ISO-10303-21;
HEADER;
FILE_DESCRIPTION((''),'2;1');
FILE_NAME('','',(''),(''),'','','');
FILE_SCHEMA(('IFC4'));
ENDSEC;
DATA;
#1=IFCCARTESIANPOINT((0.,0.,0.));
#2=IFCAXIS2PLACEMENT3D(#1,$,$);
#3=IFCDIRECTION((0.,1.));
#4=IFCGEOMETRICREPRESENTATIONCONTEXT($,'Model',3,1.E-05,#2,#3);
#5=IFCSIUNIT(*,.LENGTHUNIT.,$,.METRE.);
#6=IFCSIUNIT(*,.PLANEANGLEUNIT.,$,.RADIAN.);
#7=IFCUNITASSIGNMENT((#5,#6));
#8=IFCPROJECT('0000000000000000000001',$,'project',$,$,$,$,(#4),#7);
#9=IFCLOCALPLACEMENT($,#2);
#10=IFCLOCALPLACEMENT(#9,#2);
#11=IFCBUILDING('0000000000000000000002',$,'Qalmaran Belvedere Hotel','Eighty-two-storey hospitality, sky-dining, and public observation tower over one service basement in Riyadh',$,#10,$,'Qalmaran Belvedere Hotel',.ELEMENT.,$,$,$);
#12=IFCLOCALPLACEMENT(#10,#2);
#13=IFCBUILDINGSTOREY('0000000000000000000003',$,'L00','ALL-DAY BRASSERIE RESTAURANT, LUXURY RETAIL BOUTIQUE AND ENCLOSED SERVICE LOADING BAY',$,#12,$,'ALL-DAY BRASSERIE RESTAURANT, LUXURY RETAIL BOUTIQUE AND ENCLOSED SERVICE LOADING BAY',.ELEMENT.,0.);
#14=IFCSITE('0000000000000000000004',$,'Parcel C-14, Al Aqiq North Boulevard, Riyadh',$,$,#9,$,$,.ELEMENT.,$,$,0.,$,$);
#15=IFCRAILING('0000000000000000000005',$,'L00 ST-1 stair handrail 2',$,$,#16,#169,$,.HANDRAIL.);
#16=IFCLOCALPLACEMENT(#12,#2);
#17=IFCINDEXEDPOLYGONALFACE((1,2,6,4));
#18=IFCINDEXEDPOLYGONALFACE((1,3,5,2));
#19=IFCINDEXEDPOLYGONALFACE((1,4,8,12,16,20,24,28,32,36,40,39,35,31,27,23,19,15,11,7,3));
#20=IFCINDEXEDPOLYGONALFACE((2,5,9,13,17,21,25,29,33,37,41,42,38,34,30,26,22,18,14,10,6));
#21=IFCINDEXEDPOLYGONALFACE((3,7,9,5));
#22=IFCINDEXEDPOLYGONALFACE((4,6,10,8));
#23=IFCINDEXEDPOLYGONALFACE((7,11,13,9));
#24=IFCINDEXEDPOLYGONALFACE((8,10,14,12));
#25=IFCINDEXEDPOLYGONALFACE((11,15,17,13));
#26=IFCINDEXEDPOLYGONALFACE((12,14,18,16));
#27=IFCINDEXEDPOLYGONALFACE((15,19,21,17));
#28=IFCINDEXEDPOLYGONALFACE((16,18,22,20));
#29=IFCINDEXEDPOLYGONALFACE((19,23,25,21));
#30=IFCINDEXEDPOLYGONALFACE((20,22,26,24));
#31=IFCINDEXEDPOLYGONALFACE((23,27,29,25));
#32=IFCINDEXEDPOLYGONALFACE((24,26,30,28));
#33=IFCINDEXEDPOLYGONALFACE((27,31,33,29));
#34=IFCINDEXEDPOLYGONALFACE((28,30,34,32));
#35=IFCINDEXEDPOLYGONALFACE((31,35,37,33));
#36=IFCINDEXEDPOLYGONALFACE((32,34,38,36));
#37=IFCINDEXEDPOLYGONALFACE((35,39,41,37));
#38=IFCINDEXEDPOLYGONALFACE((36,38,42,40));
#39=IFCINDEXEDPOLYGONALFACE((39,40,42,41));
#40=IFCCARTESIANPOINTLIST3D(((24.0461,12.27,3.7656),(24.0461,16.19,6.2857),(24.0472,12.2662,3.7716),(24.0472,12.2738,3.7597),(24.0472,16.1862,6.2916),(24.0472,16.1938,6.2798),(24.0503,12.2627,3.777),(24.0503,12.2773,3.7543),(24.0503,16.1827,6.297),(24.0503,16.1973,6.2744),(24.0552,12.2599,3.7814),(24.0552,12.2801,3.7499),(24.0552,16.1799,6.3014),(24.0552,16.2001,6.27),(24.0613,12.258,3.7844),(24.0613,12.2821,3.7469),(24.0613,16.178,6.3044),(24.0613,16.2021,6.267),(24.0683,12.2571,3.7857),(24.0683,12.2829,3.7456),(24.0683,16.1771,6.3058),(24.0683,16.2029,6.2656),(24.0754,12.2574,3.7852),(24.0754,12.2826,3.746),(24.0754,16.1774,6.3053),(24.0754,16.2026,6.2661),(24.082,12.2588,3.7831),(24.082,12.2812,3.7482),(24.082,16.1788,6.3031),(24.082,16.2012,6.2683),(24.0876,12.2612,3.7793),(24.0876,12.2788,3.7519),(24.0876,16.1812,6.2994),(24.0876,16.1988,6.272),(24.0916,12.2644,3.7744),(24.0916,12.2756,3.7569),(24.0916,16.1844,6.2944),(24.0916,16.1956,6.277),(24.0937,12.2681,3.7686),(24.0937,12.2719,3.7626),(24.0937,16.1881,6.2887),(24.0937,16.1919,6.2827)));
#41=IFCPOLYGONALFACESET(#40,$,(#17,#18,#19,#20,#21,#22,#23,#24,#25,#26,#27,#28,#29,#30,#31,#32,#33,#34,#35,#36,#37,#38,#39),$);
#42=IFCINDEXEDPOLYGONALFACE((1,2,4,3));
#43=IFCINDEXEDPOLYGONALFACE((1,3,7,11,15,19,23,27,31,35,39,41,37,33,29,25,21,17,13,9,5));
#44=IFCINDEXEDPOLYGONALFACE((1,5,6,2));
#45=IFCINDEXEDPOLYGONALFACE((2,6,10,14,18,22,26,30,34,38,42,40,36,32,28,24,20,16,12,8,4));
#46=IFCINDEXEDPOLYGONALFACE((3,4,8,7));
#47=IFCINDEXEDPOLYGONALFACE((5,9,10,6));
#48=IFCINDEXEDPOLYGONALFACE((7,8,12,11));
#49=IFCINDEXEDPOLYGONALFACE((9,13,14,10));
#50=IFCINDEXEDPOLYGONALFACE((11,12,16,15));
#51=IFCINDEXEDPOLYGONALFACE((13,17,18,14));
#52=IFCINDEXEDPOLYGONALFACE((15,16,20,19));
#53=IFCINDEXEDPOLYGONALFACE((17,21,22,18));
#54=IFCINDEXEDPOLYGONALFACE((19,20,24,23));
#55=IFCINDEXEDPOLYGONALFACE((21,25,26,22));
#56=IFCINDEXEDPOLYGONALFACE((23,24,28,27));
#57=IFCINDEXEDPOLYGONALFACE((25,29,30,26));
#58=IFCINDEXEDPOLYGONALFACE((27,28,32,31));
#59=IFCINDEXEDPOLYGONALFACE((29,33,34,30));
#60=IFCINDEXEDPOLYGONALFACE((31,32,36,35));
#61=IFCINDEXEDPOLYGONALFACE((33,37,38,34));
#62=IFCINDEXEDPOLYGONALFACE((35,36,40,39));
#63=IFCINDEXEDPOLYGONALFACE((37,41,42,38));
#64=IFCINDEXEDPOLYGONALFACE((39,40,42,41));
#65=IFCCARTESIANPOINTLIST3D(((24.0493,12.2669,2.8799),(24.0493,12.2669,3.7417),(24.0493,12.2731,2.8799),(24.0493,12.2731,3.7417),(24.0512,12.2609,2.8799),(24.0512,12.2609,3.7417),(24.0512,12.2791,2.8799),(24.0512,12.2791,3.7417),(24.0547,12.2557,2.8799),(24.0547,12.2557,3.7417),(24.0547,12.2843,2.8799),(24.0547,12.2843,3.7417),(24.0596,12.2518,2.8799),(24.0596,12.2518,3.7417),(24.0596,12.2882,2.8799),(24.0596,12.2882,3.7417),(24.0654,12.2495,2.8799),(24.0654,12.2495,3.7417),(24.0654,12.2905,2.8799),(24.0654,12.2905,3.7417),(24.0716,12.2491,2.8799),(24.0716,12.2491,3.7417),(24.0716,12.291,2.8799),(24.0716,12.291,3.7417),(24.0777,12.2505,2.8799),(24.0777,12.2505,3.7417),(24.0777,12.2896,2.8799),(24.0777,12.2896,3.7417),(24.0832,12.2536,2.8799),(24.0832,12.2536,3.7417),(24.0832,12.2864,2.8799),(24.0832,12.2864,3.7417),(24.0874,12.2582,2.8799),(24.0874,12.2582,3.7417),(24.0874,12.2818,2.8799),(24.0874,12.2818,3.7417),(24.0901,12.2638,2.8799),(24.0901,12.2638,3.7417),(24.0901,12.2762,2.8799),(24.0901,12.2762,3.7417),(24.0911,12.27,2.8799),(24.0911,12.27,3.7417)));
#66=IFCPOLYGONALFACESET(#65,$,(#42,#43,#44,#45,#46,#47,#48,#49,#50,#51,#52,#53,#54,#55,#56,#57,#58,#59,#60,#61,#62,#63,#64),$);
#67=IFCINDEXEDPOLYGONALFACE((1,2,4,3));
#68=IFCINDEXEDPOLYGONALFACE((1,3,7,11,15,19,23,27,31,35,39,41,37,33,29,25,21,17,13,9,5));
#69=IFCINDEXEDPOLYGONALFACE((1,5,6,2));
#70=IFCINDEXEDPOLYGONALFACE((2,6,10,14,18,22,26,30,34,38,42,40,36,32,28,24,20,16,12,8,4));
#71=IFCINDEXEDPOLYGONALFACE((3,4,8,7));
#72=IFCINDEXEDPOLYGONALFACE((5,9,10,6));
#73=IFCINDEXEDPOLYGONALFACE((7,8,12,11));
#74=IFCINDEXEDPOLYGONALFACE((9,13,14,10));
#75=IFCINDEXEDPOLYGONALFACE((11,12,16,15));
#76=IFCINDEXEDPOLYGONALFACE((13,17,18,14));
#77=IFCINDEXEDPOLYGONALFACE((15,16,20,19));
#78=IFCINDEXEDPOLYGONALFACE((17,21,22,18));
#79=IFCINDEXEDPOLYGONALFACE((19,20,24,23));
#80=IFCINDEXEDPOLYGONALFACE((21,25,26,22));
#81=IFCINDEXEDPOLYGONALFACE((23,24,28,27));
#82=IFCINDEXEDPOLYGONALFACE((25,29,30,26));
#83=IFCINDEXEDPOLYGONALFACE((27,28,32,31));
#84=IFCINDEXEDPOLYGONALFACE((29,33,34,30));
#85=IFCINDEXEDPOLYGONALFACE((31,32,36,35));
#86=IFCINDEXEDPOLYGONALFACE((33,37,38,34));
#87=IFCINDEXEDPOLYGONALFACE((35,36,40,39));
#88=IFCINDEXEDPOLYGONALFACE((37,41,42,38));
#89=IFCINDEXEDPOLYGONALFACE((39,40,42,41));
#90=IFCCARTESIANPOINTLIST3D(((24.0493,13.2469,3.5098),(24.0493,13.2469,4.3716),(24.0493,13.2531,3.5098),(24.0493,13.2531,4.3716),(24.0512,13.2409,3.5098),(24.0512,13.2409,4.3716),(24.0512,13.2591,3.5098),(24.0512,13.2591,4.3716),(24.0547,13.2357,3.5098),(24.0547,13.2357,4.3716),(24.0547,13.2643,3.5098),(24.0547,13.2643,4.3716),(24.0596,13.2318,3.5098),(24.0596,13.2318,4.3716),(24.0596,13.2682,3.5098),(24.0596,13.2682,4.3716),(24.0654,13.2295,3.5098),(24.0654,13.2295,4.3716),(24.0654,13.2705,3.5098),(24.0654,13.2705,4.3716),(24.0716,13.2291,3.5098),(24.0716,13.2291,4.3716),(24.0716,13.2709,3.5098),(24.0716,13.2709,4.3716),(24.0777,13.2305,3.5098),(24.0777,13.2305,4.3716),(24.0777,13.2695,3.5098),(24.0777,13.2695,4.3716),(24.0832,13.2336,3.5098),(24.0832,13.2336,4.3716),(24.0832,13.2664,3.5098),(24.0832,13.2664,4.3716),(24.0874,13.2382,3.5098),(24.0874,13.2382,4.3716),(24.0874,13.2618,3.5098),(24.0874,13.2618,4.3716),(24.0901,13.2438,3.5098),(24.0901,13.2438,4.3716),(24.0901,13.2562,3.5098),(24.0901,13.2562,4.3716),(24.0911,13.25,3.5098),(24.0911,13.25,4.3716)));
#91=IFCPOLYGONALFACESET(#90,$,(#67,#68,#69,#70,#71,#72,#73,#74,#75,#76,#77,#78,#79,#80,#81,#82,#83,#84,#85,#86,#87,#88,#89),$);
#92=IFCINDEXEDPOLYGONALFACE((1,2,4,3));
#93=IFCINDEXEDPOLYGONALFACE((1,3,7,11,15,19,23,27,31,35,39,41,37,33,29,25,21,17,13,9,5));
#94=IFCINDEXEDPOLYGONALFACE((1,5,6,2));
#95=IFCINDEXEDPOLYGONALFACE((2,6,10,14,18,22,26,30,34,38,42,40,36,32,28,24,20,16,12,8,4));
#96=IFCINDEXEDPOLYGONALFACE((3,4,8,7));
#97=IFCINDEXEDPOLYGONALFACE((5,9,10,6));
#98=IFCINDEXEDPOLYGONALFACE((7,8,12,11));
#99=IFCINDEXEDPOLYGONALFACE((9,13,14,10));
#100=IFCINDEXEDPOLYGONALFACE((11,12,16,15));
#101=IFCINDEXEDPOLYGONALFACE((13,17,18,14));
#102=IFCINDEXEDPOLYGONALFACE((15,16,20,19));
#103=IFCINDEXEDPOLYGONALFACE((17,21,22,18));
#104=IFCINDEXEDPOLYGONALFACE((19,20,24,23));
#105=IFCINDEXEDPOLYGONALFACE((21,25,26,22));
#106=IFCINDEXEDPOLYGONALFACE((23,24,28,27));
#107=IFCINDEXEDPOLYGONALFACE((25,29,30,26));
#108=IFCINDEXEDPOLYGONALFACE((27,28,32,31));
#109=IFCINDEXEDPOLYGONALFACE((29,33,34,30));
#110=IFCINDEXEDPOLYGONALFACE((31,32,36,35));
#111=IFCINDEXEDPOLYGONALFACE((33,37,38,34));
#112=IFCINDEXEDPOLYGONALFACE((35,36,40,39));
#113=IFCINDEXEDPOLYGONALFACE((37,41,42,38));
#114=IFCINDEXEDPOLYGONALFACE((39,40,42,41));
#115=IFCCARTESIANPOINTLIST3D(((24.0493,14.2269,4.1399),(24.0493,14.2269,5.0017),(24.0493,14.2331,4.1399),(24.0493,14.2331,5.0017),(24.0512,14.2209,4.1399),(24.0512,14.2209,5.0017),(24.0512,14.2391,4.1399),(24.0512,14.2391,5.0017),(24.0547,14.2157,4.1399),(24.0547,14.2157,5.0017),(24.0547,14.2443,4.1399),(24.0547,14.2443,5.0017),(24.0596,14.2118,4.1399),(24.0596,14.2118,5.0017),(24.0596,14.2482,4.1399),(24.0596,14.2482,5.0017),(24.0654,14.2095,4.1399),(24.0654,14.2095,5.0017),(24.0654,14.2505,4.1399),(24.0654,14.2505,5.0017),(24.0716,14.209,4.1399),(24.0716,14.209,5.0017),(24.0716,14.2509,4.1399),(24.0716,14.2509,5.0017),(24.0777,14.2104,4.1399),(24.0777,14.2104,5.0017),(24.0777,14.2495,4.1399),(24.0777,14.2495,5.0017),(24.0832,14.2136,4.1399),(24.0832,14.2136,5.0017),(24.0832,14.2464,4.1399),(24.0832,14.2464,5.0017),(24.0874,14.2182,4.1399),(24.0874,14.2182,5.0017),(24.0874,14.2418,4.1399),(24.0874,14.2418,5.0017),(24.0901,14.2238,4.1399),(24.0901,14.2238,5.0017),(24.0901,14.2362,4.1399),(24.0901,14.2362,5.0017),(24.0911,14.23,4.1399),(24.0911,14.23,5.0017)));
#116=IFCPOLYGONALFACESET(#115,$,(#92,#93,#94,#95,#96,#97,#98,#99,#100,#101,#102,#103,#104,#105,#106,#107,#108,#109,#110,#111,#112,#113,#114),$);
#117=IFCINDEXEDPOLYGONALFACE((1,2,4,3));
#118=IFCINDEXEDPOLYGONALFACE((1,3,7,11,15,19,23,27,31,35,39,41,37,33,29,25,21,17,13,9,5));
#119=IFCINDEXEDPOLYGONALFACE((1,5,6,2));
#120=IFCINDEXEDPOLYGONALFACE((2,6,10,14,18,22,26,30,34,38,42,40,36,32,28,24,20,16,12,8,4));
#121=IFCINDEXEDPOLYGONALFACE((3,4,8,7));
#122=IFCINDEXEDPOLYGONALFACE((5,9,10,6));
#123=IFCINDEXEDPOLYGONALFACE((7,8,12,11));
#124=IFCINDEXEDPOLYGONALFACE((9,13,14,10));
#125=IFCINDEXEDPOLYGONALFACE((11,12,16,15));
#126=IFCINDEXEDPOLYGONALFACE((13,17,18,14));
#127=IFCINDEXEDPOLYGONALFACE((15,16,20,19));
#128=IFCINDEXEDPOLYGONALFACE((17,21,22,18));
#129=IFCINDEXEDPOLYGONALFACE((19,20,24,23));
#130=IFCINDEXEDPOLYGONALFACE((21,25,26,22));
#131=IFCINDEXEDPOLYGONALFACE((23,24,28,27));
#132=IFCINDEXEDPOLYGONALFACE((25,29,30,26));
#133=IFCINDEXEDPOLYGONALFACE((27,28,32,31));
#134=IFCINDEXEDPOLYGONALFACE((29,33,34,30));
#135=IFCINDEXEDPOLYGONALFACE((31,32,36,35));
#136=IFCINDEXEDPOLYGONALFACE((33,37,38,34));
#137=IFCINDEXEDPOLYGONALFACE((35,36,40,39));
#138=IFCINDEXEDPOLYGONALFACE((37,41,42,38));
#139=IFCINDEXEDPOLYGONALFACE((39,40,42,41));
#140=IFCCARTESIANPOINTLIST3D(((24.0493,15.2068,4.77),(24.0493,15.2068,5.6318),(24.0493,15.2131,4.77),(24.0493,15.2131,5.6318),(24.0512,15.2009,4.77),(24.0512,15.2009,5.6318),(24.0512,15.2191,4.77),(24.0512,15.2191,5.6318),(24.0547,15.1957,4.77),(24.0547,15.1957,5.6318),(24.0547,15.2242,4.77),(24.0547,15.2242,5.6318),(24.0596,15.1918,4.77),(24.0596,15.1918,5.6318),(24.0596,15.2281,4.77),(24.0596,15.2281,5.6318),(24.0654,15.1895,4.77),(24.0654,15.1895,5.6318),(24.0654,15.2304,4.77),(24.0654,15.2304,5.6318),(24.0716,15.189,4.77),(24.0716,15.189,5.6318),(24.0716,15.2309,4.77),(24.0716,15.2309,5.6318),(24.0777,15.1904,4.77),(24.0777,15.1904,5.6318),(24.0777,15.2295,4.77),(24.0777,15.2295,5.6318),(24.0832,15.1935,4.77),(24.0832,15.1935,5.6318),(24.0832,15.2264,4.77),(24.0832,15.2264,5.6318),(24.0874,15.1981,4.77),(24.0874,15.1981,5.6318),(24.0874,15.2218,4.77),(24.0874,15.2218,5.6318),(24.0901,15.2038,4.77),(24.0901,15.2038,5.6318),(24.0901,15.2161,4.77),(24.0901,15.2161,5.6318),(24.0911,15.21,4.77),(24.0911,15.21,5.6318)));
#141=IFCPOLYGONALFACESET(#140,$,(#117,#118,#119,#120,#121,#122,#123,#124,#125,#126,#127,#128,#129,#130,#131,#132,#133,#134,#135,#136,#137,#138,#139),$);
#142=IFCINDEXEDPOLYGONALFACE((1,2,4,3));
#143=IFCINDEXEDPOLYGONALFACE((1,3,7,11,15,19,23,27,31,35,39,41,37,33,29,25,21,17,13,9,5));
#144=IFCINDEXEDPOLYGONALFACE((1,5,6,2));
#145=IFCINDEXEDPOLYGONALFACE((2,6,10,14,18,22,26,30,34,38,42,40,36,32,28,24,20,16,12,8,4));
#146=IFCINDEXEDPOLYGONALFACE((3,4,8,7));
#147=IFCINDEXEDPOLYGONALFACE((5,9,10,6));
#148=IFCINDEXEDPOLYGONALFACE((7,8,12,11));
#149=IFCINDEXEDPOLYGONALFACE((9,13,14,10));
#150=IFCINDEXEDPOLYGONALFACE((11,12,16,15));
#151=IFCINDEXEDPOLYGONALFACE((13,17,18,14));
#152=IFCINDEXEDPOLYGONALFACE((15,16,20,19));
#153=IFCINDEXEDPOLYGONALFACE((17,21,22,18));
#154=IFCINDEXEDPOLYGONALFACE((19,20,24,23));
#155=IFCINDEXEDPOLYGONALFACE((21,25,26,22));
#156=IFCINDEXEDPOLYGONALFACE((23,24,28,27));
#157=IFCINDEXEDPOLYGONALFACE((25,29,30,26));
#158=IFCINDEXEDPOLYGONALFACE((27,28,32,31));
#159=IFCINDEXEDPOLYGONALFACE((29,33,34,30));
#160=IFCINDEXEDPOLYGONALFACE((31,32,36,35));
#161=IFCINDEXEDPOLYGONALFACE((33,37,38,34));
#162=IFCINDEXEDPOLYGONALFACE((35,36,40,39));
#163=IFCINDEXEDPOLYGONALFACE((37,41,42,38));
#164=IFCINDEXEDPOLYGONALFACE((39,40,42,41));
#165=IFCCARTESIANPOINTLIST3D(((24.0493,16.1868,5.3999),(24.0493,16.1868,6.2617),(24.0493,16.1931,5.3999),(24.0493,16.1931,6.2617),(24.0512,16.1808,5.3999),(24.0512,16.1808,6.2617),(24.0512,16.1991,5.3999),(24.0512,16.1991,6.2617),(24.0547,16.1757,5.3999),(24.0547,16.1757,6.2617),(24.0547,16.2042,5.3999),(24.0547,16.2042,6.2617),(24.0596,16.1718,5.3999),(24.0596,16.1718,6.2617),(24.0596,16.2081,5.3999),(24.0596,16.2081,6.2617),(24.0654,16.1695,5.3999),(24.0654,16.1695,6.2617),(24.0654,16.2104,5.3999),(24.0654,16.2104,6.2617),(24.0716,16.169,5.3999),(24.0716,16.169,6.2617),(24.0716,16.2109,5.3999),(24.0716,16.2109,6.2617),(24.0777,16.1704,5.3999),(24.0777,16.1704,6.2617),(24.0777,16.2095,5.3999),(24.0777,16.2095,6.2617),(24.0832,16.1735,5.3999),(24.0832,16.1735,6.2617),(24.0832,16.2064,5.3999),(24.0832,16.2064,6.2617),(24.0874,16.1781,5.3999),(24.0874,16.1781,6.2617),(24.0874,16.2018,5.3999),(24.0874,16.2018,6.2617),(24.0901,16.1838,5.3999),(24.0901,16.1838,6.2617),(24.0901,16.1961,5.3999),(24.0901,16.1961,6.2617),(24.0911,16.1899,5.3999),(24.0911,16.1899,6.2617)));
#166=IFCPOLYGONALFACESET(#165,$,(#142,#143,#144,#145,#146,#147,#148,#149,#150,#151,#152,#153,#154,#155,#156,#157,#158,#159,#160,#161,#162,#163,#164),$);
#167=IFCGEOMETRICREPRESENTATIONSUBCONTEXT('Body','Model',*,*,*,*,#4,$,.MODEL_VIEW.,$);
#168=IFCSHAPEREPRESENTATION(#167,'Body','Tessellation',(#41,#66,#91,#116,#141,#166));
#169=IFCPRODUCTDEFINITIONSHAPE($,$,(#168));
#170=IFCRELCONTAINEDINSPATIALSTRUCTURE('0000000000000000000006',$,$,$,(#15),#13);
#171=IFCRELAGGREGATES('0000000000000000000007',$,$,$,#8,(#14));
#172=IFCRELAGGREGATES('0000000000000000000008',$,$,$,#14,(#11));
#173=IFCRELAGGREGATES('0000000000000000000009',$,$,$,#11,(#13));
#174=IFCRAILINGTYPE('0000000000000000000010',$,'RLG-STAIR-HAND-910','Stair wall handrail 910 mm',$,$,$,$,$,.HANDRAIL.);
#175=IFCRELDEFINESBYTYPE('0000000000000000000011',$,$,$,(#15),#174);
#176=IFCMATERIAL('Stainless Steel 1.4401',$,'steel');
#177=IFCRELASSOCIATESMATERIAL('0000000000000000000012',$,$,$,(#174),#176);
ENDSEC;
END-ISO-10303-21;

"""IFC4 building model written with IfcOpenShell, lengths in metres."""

from ifc_helpers import new_model, si_unit, direction, frame, origin, origin_2d, place, context, subcontext, project, spatial, circle, extrude, material, type_object, element, save


model = new_model("IFC4")

# Units and contexts
model_context = context("Model", 3, precision=1e-05, world=origin(), true_north=direction((0.0, 1.0)))
body_context = subcontext(model_context, "Body", "Model", "MODEL_VIEW")
ifc_project = project(units=[si_unit("LENGTHUNIT", "METRE"), si_unit("PLANEANGLEUNIT", "RADIAN")], contexts=[model_context])

# Site, building, storey
site_placement = place(None, origin())
site = spatial("IfcSite", under=ifc_project, at=site_placement, Name="Parcel C-14, Al Aqiq North Boulevard, Riyadh", CompositionType="ELEMENT", RefElevation=0.0)
building_placement = place(site_placement, origin())
building = spatial("IfcBuilding", under=site, at=building_placement, Name="Qalmaran Belvedere Hotel", Description="Eighty-two-storey hospitality, sky-dining, and public observation tower over one service basement in Riyadh", LongName="Qalmaran Belvedere Hotel", CompositionType="ELEMENT")
storey_placement = place(building_placement, origin())
storey = spatial("IfcBuildingStorey", under=building, at=storey_placement, Name="L00", Description="ALL-DAY BRASSERIE RESTAURANT, LUXURY RETAIL BOUTIQUE AND ENCLOSED SERVICE LOADING BAY", LongName="ALL-DAY BRASSERIE RESTAURANT, LUXURY RETAIL BOUTIQUE AND ENCLOSED SERVICE LOADING BAY", CompositionType="ELEMENT", Elevation=0.0)

# Railing
ifc_material_1 = material(Name="Stainless Steel 1.4401", Category="steel")
railing_type_1 = type_object("IfcRailingType", Name="RLG-STAIR-HAND-910", Description="Stair wall handrail 910 mm", PredefinedType="HANDRAIL", material=ifc_material_1)
railing_1_placement = place(storey_placement, frame((24.0701, 12.27, 2.8799)))
element("IfcRailing", 1, at=railing_1_placement, inside=storey, type_object=railing_type_1, Name="L00 ST-1 stair handrail 2", PredefinedType="HANDRAIL", context=body_context, shape_type="SweptSolid", body=[
    extrude(circle(Radius=0.0239, at=origin_2d()), frame((0.0, 0.0, 0.8857), z_axis=(0.0, 0.841172, 0.540768), x_axis=(-1.0, 0.0, 0.0)), (0.0, 0.0, 1.0), 4.6602),
    extrude(circle(Radius=0.021, at=origin_2d()), origin(), (0.0, 0.0, 1.0), 0.8618),
    extrude(circle(Radius=0.021, at=origin_2d()), frame((0.0, 0.98, 0.6299)), (0.0, 0.0, 1.0), 0.8618),
    extrude(circle(Radius=0.021, at=origin_2d()), frame((0.0, 1.96, 1.26)), (0.0, 0.0, 1.0), 0.8618),
    extrude(circle(Radius=0.021, at=origin_2d()), frame((0.0, 2.9399, 1.8901)), (0.0, 0.0, 1.0), 0.8618),
    extrude(circle(Radius=0.021, at=origin_2d()), frame((0.0, 3.9199, 2.52)), (0.0, 0.0, 1.0), 0.8618),
])

save(model, "model.ifc")
